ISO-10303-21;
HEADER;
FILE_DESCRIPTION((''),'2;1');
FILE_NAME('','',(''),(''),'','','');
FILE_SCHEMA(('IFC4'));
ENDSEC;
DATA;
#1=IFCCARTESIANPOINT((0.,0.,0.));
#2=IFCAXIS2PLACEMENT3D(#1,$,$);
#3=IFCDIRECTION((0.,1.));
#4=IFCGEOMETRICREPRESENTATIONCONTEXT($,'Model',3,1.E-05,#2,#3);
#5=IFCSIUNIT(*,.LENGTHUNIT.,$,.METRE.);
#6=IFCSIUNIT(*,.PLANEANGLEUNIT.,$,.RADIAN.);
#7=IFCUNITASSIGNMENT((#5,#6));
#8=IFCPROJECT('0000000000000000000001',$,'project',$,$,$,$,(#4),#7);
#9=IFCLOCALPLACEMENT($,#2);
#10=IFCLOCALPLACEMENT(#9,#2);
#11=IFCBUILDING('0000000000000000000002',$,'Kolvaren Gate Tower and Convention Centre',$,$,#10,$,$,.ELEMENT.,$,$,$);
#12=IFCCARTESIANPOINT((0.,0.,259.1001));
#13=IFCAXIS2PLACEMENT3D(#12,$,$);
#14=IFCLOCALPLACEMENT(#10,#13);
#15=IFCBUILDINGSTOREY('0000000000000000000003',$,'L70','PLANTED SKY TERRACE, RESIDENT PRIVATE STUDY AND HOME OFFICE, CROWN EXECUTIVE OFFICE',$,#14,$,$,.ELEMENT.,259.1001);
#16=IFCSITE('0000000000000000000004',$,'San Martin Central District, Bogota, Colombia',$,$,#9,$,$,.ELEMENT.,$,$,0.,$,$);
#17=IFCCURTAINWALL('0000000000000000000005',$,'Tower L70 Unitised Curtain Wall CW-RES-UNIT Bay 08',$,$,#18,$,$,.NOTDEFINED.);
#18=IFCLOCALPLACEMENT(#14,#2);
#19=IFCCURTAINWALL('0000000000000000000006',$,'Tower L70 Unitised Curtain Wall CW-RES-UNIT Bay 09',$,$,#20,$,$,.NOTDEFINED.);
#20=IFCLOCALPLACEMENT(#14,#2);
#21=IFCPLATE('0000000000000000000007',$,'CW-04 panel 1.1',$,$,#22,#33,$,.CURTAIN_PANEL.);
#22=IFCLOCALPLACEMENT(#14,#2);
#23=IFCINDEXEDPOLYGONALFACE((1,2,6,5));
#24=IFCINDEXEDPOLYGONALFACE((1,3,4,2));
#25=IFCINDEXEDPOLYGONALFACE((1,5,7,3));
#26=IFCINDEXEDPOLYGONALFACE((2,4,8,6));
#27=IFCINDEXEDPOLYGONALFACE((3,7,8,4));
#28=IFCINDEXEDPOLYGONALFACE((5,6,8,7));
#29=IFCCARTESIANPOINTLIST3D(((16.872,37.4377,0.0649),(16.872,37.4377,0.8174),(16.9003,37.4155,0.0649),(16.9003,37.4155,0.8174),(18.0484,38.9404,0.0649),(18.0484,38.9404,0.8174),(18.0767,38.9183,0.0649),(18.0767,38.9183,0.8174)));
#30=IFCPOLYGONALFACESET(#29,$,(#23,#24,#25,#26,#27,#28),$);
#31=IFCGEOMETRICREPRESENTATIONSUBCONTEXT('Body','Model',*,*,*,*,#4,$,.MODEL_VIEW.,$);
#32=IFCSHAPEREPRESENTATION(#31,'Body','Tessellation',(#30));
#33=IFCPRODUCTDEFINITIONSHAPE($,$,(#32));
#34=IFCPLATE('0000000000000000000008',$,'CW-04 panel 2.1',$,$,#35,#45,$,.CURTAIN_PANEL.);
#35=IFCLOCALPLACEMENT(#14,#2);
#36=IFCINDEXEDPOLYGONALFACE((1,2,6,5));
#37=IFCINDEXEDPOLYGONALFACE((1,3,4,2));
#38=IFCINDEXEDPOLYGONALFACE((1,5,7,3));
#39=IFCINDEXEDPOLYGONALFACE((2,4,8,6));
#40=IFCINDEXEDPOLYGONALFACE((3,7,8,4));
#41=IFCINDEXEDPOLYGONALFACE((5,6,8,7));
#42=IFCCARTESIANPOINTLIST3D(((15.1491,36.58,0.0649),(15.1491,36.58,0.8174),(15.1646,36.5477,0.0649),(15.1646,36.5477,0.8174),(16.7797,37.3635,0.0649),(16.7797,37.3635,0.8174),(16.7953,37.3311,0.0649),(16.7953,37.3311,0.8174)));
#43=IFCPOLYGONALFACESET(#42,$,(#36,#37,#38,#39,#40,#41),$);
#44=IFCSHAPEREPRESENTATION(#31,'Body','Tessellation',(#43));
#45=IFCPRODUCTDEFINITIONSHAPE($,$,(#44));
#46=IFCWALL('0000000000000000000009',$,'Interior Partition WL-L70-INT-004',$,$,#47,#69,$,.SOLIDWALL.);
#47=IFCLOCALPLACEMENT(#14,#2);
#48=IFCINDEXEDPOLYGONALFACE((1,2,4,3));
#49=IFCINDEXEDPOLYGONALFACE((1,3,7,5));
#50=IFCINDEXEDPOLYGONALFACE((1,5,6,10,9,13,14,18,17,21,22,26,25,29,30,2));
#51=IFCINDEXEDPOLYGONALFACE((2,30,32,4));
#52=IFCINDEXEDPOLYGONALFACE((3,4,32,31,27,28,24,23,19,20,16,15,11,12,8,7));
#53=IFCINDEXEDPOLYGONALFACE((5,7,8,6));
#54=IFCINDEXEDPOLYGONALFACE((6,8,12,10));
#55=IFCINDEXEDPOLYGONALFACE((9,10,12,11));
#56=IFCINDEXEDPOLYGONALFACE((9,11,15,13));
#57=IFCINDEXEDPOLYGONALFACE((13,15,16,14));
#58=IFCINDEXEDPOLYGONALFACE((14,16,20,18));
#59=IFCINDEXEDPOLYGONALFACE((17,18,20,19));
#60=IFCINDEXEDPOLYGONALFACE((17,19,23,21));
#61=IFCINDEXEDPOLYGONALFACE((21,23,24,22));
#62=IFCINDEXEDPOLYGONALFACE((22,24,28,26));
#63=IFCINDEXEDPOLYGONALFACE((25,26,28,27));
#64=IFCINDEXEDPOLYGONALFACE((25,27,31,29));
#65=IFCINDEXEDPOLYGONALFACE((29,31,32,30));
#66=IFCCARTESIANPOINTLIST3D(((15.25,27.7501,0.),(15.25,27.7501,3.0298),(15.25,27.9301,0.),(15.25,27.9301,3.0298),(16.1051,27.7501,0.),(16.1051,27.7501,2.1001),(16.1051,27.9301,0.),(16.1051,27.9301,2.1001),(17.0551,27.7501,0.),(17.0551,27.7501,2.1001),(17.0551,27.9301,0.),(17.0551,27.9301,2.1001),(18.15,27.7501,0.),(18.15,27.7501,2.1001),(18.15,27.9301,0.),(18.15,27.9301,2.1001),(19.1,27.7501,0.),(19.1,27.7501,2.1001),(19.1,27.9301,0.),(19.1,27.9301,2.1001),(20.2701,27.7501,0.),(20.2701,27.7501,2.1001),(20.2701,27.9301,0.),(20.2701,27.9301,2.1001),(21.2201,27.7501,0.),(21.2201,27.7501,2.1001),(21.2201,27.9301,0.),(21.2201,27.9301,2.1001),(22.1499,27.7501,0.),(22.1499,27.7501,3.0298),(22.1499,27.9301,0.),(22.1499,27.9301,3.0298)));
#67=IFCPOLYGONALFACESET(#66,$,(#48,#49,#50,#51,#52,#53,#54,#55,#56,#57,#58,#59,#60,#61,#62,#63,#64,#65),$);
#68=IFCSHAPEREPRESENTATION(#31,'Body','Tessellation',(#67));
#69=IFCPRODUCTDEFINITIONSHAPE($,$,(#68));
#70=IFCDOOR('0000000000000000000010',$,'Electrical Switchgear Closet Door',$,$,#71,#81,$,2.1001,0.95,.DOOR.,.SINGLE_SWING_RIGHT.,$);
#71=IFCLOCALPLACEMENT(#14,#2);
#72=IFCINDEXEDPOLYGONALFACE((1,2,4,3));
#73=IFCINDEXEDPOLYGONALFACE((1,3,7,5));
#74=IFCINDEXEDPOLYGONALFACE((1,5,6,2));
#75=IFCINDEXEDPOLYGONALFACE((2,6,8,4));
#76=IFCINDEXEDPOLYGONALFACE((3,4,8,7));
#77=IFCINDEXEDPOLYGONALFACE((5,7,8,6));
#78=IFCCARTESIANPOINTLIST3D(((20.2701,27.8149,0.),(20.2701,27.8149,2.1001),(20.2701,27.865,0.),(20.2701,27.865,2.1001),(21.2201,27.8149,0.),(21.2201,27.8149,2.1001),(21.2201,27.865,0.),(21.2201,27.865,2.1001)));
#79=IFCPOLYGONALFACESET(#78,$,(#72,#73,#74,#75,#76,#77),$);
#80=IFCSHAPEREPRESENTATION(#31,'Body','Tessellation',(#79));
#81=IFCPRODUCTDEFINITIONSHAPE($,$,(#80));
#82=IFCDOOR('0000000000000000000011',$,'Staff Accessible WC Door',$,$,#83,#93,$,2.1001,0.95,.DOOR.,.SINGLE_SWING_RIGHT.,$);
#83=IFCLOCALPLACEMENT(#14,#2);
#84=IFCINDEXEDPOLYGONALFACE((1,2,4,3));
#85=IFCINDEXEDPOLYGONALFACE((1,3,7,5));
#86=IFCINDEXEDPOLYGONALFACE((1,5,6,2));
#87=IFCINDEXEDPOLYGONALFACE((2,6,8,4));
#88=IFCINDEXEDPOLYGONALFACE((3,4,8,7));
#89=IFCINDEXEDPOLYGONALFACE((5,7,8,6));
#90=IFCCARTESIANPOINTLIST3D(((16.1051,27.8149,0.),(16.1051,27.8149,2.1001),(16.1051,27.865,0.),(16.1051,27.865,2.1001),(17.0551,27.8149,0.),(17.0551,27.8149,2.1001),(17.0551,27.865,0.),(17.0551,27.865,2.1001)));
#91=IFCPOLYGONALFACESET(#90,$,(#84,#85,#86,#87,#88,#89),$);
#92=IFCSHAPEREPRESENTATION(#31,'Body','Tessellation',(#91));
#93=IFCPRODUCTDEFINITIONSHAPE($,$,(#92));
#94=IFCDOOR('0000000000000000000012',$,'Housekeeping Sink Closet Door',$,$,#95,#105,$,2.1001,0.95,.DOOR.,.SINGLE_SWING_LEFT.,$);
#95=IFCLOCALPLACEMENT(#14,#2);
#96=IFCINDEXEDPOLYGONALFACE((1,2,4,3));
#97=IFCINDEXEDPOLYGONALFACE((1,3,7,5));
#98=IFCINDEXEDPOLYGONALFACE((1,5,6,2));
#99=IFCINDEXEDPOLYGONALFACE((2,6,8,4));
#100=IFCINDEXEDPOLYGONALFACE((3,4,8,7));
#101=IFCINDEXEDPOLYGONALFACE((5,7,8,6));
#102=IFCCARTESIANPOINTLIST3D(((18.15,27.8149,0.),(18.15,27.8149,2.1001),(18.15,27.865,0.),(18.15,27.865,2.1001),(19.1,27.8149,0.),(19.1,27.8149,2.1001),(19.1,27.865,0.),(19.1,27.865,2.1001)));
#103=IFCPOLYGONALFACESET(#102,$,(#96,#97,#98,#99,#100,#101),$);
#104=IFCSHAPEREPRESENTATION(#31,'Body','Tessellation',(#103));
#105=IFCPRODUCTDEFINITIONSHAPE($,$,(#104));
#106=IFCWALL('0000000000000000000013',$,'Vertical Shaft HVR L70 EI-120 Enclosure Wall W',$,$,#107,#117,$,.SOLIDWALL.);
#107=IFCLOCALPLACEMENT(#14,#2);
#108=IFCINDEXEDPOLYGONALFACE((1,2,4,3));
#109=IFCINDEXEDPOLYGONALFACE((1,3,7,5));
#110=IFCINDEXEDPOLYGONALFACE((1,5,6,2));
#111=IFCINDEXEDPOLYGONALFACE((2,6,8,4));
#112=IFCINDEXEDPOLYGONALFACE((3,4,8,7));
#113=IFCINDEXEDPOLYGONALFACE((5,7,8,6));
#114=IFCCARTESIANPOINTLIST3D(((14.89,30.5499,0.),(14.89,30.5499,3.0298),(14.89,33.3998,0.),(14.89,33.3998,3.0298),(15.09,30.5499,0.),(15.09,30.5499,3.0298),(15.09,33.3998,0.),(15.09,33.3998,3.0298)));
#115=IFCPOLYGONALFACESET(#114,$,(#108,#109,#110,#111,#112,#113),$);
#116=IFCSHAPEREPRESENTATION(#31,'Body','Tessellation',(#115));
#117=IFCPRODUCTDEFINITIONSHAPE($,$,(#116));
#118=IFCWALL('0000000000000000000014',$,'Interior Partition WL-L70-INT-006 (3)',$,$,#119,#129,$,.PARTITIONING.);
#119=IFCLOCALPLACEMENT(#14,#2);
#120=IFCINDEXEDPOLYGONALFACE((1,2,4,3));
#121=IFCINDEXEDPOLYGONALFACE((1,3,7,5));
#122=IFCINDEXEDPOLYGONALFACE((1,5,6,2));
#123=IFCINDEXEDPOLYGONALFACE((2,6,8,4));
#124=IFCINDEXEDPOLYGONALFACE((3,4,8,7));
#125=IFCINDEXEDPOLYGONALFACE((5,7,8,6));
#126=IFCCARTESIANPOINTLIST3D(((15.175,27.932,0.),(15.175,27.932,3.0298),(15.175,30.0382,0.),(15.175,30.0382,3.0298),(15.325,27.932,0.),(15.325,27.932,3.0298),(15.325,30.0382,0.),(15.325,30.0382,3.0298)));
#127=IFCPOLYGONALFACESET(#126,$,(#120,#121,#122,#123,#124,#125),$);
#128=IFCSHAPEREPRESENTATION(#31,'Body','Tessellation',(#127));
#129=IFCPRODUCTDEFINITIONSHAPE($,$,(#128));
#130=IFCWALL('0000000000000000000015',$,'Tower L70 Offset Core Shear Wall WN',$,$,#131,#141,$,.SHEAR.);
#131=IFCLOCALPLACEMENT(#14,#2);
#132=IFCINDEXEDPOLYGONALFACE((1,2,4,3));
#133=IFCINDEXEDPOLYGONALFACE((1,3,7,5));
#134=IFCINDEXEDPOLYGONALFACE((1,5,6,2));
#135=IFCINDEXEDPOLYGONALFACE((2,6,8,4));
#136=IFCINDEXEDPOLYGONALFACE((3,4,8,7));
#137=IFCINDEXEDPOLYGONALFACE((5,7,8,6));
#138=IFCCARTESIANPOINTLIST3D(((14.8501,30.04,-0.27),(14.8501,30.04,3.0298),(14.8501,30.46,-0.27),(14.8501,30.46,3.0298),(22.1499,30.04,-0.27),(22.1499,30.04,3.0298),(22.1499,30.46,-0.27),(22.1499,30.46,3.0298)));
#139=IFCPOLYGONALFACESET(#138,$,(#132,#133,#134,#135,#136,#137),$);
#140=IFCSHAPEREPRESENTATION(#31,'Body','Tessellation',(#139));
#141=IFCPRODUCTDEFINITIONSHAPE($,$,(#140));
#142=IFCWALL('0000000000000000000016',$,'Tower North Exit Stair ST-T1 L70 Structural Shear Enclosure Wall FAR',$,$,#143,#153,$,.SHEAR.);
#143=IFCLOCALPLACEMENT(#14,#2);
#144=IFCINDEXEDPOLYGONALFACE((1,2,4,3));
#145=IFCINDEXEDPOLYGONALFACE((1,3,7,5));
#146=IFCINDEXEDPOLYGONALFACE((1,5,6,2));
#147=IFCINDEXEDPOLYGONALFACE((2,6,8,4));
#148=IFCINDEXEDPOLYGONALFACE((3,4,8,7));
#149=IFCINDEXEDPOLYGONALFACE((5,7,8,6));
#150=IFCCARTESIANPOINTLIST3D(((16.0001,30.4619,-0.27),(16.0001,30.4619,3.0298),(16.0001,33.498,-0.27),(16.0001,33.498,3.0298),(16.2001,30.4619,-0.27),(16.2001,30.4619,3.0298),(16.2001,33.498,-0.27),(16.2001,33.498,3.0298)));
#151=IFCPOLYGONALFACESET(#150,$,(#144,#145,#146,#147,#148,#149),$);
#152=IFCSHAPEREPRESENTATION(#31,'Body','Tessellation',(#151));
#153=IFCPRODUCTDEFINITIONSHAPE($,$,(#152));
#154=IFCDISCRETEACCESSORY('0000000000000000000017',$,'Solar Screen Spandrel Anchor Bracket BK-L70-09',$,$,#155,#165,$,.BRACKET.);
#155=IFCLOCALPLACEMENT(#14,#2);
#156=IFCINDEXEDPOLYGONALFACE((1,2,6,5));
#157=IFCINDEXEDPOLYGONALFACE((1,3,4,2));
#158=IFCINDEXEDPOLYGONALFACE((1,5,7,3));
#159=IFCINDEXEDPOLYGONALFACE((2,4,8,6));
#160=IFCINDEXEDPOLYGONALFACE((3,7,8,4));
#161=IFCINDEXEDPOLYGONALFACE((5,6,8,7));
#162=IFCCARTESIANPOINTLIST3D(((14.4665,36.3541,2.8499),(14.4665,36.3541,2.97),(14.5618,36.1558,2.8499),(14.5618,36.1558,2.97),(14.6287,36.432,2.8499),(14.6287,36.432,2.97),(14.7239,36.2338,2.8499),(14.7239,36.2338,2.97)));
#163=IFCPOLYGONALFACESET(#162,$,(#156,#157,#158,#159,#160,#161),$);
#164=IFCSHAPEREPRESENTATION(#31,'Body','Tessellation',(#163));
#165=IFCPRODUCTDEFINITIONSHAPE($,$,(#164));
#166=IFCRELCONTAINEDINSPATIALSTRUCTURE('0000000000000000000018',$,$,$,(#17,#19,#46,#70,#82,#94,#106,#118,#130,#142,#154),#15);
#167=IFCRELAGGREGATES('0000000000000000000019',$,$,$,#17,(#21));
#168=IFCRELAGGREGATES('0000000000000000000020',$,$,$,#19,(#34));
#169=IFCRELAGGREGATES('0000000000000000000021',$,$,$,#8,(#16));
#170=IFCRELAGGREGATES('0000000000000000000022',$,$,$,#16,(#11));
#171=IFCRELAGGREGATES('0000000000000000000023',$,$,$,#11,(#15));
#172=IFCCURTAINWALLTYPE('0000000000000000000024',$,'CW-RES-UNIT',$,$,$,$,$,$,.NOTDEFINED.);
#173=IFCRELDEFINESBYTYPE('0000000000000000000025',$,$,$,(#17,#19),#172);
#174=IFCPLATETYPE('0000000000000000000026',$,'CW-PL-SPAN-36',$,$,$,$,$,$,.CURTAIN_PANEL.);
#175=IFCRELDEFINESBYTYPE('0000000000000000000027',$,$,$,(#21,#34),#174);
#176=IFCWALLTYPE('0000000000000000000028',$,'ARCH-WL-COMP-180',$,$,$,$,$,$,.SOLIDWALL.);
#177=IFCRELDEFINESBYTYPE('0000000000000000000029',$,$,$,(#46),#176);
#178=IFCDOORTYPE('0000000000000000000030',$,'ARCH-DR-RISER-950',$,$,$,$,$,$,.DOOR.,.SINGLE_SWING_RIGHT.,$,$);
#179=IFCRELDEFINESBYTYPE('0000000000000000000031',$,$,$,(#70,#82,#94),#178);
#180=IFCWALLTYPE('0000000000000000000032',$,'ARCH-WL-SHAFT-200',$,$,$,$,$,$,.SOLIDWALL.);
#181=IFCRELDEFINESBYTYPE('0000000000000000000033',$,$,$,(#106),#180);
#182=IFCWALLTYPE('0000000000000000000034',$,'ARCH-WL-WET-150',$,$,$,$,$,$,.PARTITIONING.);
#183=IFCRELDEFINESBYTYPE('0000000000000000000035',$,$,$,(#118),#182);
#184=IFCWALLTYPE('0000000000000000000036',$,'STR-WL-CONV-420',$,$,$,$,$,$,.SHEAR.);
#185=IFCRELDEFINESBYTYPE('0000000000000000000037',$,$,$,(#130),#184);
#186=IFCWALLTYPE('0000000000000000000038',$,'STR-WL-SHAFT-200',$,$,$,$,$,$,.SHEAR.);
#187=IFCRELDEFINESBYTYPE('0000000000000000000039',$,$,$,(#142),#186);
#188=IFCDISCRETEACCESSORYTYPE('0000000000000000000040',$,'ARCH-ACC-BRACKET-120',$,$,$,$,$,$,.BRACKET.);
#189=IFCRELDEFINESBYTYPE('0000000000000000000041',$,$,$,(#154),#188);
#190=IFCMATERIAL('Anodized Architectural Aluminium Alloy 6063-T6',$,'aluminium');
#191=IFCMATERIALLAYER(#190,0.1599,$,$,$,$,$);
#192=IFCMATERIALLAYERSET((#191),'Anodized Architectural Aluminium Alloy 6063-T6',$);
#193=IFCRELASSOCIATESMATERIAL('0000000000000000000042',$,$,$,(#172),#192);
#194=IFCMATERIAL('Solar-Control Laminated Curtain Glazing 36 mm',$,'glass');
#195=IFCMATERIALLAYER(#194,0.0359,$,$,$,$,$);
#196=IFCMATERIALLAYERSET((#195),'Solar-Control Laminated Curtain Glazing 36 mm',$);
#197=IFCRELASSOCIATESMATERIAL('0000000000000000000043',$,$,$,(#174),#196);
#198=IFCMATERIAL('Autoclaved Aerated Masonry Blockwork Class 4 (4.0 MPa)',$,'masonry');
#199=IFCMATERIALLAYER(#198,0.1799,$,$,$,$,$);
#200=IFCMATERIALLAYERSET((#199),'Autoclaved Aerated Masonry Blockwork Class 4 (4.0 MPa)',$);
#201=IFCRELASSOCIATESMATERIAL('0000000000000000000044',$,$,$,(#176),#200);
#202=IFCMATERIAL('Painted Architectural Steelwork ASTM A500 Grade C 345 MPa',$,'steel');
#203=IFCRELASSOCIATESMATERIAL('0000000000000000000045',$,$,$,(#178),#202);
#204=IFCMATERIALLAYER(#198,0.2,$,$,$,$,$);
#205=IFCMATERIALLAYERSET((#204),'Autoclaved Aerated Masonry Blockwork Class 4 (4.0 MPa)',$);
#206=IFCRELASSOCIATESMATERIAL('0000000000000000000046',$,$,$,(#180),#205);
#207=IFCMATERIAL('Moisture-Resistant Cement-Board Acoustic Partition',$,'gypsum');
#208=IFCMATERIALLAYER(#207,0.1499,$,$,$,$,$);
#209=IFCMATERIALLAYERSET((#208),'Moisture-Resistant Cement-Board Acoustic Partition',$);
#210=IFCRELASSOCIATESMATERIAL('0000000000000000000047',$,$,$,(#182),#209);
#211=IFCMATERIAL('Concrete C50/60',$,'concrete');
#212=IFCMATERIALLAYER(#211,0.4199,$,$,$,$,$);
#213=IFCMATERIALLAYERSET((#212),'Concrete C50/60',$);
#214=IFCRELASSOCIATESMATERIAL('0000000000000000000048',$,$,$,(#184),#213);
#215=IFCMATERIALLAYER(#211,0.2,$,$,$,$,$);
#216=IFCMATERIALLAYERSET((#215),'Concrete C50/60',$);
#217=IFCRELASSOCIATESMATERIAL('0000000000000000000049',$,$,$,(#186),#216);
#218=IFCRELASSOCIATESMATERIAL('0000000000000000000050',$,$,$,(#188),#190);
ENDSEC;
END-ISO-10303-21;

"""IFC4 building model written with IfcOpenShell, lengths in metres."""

from ifc_helpers import new_model, si_unit, direction, frame, frame_2d, origin, origin_2d, place, context, subcontext, project, spatial, rectangle, extrude, material, layer, layer_set, type_object, element, fill, aggregate, save


model = new_model("IFC4")

# Units and contexts
model_context = context("Model", 3, precision=1e-05, world=origin(), true_north=direction((0.0, 1.0)))
body_context = subcontext(model_context, "Body", "Model", "MODEL_VIEW")
ifc_project = project(units=[si_unit("LENGTHUNIT", "METRE"), si_unit("PLANEANGLEUNIT", "RADIAN")], contexts=[model_context])

# Site, building, storey
site_placement = place(None, origin())
site = spatial("IfcSite", under=ifc_project, at=site_placement, Name="San Martin Central District, Bogota, Colombia", CompositionType="ELEMENT", RefElevation=0.0)
building_placement = place(site_placement, origin())
building = spatial("IfcBuilding", under=site, at=building_placement, Name="Kolvaren Gate Tower and Convention Centre", CompositionType="ELEMENT")
storey_placement = place(building_placement, frame((0.0, 0.0, 259.1001)))
storey = spatial("IfcBuildingStorey", under=building, at=storey_placement, Name="L70", Description="PLANTED SKY TERRACE, RESIDENT PRIVATE STUDY AND HOME OFFICE, CROWN EXECUTIVE OFFICE", CompositionType="ELEMENT", Elevation=259.1001)

# Curtain wall
ifc_material_1 = material(Name="Anodized Architectural Aluminium Alloy 6063-T6", Category="aluminium")
ifc_layer_1 = layer(ifc_material_1, 0.1599)
ifc_layer_set_1 = layer_set([ifc_layer_1], Name="Anodized Architectural Aluminium Alloy 6063-T6")
curtain_wall_type = type_object("IfcCurtainWallType", Name="CW-RES-UNIT", PredefinedType="NOTDEFINED", material=ifc_layer_set_1)
curtain_wall_1_placement = place(storey_placement, origin())
curtain_wall_1 = element("IfcCurtainWall", 1, at=curtain_wall_1_placement, inside=storey, type_object=curtain_wall_type, Name="Tower L70 Unitised Curtain Wall CW-RES-UNIT Bay 08", PredefinedType="NOTDEFINED")

# Curtain wall
curtain_wall_2_placement = place(storey_placement, origin())
curtain_wall_2 = element("IfcCurtainWall", 2, at=curtain_wall_2_placement, inside=storey, type_object=curtain_wall_type, Name="Tower L70 Unitised Curtain Wall CW-RES-UNIT Bay 09", PredefinedType="NOTDEFINED")

# Plates
ifc_material_2 = material(Name="Solar-Control Laminated Curtain Glazing 36 mm", Category="glass")
ifc_layer_2 = layer(ifc_material_2, 0.0359)
ifc_layer_set_2 = layer_set([ifc_layer_2], Name="Solar-Control Laminated Curtain Glazing 36 mm")
plate_type_1 = type_object("IfcPlateType", Name="CW-PL-SPAN-36", PredefinedType="CURTAIN_PANEL", material=ifc_layer_set_2)
plate_1_placement = place(storey_placement, frame((17.4744, 38.178, 0.0649), z_axis=(0.0, 0.0, 1.0), x_axis=(0.616426, 0.787413, 0.0)))
plate_1 = element("IfcPlate", 3, at=plate_1_placement, type_object=plate_type_1, Name="CW-04 panel 1.1", PredefinedType="CURTAIN_PANEL", context=body_context, shape_type="SweptSolid", body=[
    extrude(rectangle(XDim=1.9084, YDim=0.0359, at=origin_2d()), origin(), (0.0, 0.0, 1.0), 0.7524),
])
aggregate(curtain_wall_1, [plate_1])
plate_2_placement = place(storey_placement, frame((15.9722, 36.9556, 0.0649), z_axis=(0.0, 0.0, 1.0), x_axis=(0.90136, 0.43307, 0.0)))
plate_2 = element("IfcPlate", 4, at=plate_2_placement, type_object=plate_type_1, Name="CW-04 panel 2.1", PredefinedType="CURTAIN_PANEL", context=body_context, shape_type="SweptSolid", body=[
    extrude(rectangle(XDim=1.8091, YDim=0.0359, at=origin_2d()), origin(), (0.0, 0.0, 1.0), 0.7524),
])
aggregate(curtain_wall_2, [plate_2])

# Wall, openings, doors
ifc_material_3 = material(Name="Autoclaved Aerated Masonry Blockwork Class 4 (4.0 MPa)", Category="masonry")
ifc_layer_3 = layer(ifc_material_3, 0.1799)
ifc_layer_set_3 = layer_set([ifc_layer_3], Name="Autoclaved Aerated Masonry Blockwork Class 4 (4.0 MPa)")
wall_type_1 = type_object("IfcWallType", Name="ARCH-WL-COMP-180", PredefinedType="SOLIDWALL", material=ifc_layer_set_3)
wall_1_placement = place(storey_placement, frame((15.25, 27.8401, 0.0), z_axis=(0.0, 0.0, 1.0), x_axis=(1.0, 0.0, 0.0)))
wall_1 = element("IfcWall", 5, at=wall_1_placement, inside=storey, type_object=wall_type_1, Name="Interior Partition WL-L70-INT-004", PredefinedType="SOLIDWALL", context=body_context, shape_type="SweptSolid", body=[
    extrude(rectangle(XDim=6.8999, YDim=0.1799, at=frame_2d((3.45, 0.0))), origin(), (0.0, 0.0, 1.0), 3.0298),
])
opening_1_placement = place(wall_1_placement, frame((5.02, 0.0, 0.0)))
opening_1 = element("IfcOpeningElement", 6, at=opening_1_placement, cuts=wall_1, PredefinedType="OPENING", context=body_context, shape_type="SweptSolid", body=[
    extrude(rectangle(XDim=0.95, YDim=2.1001, at=frame_2d((0.4751, 1.05))), frame((0.0, 0.0999, 0.0), z_axis=(0.0, -1.0, 0.0), x_axis=(1.0, 0.0, 0.0)), (0.0, 0.0, 1.0), 0.2),
])
opening_2_placement = place(wall_1_placement, frame((0.855, 0.0, 0.0)))
opening_2 = element("IfcOpeningElement", 7, at=opening_2_placement, cuts=wall_1, PredefinedType="OPENING", context=body_context, shape_type="SweptSolid", body=[
    extrude(rectangle(XDim=0.95, YDim=2.1001, at=frame_2d((0.4751, 1.05))), frame((0.0, 0.0999, 0.0), z_axis=(0.0, -1.0, 0.0), x_axis=(1.0, 0.0, 0.0)), (0.0, 0.0, 1.0), 0.2),
])
opening_3_placement = place(wall_1_placement, frame((2.8999, 0.0, 0.0)))
opening_3 = element("IfcOpeningElement", 8, at=opening_3_placement, cuts=wall_1, PredefinedType="OPENING", context=body_context, shape_type="SweptSolid", body=[
    extrude(rectangle(XDim=0.95, YDim=2.1001, at=frame_2d((0.4751, 1.05))), frame((0.0, 0.0999, 0.0), z_axis=(0.0, -1.0, 0.0), x_axis=(1.0, 0.0, 0.0)), (0.0, 0.0, 1.0), 0.2),
])
ifc_material_4 = material(Name="Painted Architectural Steelwork ASTM A500 Grade C 345 MPa", Category="steel")
door_type = type_object("IfcDoorType", Name="ARCH-DR-RISER-950", OperationType="SINGLE_SWING_RIGHT", PredefinedType="DOOR", material=ifc_material_4)
door_1_placement = place(opening_1_placement, origin())
door_1 = element("IfcDoor", 9, at=door_1_placement, inside=storey, type_object=door_type, Name="Electrical Switchgear Closet Door", OperationType="SINGLE_SWING_RIGHT", OverallHeight=2.1001, OverallWidth=0.95, PredefinedType="DOOR", context=body_context, shape_type="SweptSolid", body=[
    extrude(rectangle(XDim=0.95, YDim=2.1001, at=frame_2d((0.4751, 1.05))), frame((0.0, 0.0249, 0.0), z_axis=(0.0, -1.0, 0.0), x_axis=(1.0, 0.0, 0.0)), (0.0, 0.0, 1.0), 0.05),
])
fill(opening_1, door_1)
door_2_placement = place(opening_2_placement, origin())
door_2 = element("IfcDoor", 10, at=door_2_placement, inside=storey, type_object=door_type, Name="Staff Accessible WC Door", OperationType="SINGLE_SWING_RIGHT", OverallHeight=2.1001, OverallWidth=0.95, PredefinedType="DOOR", context=body_context, shape_type="SweptSolid", body=[
    extrude(rectangle(XDim=0.95, YDim=2.1001, at=frame_2d((0.4751, 1.05))), frame((0.0, 0.0249, 0.0), z_axis=(0.0, -1.0, 0.0), x_axis=(1.0, 0.0, 0.0)), (0.0, 0.0, 1.0), 0.05),
])
fill(opening_2, door_2)
door_3_placement = place(opening_3_placement, origin())
door_3 = element("IfcDoor", 11, at=door_3_placement, inside=storey, type_object=door_type, Name="Housekeeping Sink Closet Door", OperationType="SINGLE_SWING_LEFT", OverallHeight=2.1001, OverallWidth=0.95, PredefinedType="DOOR", context=body_context, shape_type="SweptSolid", body=[
    extrude(rectangle(XDim=0.95, YDim=2.1001, at=frame_2d((0.4751, 1.05))), frame((0.0, 0.0249, 0.0), z_axis=(0.0, -1.0, 0.0), x_axis=(1.0, 0.0, 0.0)), (0.0, 0.0, 1.0), 0.05),
])
fill(opening_3, door_3)

# Walls
ifc_layer_4 = layer(ifc_material_3, 0.2)
ifc_layer_set_4 = layer_set([ifc_layer_4], Name="Autoclaved Aerated Masonry Blockwork Class 4 (4.0 MPa)")
wall_type_2 = type_object("IfcWallType", Name="ARCH-WL-SHAFT-200", PredefinedType="SOLIDWALL", material=ifc_layer_set_4)
wall_2_placement = place(storey_placement, frame((14.99, 30.55, 0.0), z_axis=(0.0, 0.0, 1.0), x_axis=(0.0, 1.0, 0.0)))
element("IfcWall", 12, at=wall_2_placement, inside=storey, type_object=wall_type_2, Name="Vertical Shaft HVR L70 EI-120 Enclosure Wall W", PredefinedType="SOLIDWALL", context=body_context, shape_type="SweptSolid", body=[
    extrude(rectangle(XDim=2.8499, YDim=0.2, at=frame_2d((1.4248, 0.0))), origin(), (0.0, 0.0, 1.0), 3.0298),
])
ifc_material_5 = material(Name="Moisture-Resistant Cement-Board Acoustic Partition", Category="gypsum")
ifc_layer_5 = layer(ifc_material_5, 0.1499)
ifc_layer_set_5 = layer_set([ifc_layer_5], Name="Moisture-Resistant Cement-Board Acoustic Partition")
wall_type_3 = type_object("IfcWallType", Name="ARCH-WL-WET-150", PredefinedType="PARTITIONING", material=ifc_layer_set_5)
wall_3_placement = place(storey_placement, frame((15.25, 27.9319, 0.0), z_axis=(0.0, 0.0, 1.0), x_axis=(0.0, 1.0, 0.0)))
element("IfcWall", 13, at=wall_3_placement, inside=storey, type_object=wall_type_3, Name="Interior Partition WL-L70-INT-006 (3)", PredefinedType="PARTITIONING", context=body_context, shape_type="SweptSolid", body=[
    extrude(rectangle(XDim=2.1062, YDim=0.1499, at=frame_2d((1.0532, 0.0))), origin(), (0.0, 0.0, 1.0), 3.0298),
])
ifc_material_6 = material(Name="Concrete C50/60", Category="concrete")
ifc_layer_6 = layer(ifc_material_6, 0.4199)
ifc_layer_set_6 = layer_set([ifc_layer_6], Name="Concrete C50/60")
wall_type_4 = type_object("IfcWallType", Name="STR-WL-CONV-420", PredefinedType="SHEAR", material=ifc_layer_set_6)
wall_4_placement = place(storey_placement, frame((14.8501, 30.25, -0.27), z_axis=(0.0, 0.0, 1.0), x_axis=(1.0, 0.0, 0.0)))
element("IfcWall", 14, at=wall_4_placement, inside=storey, type_object=wall_type_4, Name="Tower L70 Offset Core Shear Wall WN", PredefinedType="SHEAR", context=body_context, shape_type="SweptSolid", body=[
    extrude(rectangle(XDim=7.2998, YDim=0.4199, at=frame_2d((3.6499, 0.0))), origin(), (0.0, 0.0, 1.0), 3.2998),
])
ifc_layer_7 = layer(ifc_material_6, 0.2)
ifc_layer_set_7 = layer_set([ifc_layer_7], Name="Concrete C50/60")
wall_type_5 = type_object("IfcWallType", Name="STR-WL-SHAFT-200", PredefinedType="SHEAR", material=ifc_layer_set_7)
wall_5_placement = place(storey_placement, frame((16.1001, 30.4619, -0.27), z_axis=(0.0, 0.0, 1.0), x_axis=(0.0, 1.0, 0.0)))
element("IfcWall", 15, at=wall_5_placement, inside=storey, type_object=wall_type_5, Name="Tower North Exit Stair ST-T1 L70 Structural Shear Enclosure Wall FAR", PredefinedType="SHEAR", context=body_context, shape_type="SweptSolid", body=[
    extrude(rectangle(XDim=3.0361, YDim=0.2, at=frame_2d((1.5181, 0.0))), origin(), (0.0, 0.0, 1.0), 3.2998),
])

# Discrete accessory
discrete_accessory_type = type_object("IfcDiscreteAccessoryType", Name="ARCH-ACC-BRACKET-120", PredefinedType="BRACKET", material=ifc_material_1)
discrete_accessory_placement = place(storey_placement, frame((14.5952, 36.2939, 2.8499), z_axis=(0.0, 0.0, 1.0), x_axis=(0.901356, 0.433079, 0.0)))
element("IfcDiscreteAccessory", 16, at=discrete_accessory_placement, inside=storey, type_object=discrete_accessory_type, Name="Solar Screen Spandrel Anchor Bracket BK-L70-09", PredefinedType="BRACKET", context=body_context, shape_type="SweptSolid", body=[
    extrude(rectangle(XDim=0.1799, YDim=0.22, at=origin_2d()), origin(), (0.0, 0.0, 1.0), 0.1201),
])

save(model, "model.ifc")
